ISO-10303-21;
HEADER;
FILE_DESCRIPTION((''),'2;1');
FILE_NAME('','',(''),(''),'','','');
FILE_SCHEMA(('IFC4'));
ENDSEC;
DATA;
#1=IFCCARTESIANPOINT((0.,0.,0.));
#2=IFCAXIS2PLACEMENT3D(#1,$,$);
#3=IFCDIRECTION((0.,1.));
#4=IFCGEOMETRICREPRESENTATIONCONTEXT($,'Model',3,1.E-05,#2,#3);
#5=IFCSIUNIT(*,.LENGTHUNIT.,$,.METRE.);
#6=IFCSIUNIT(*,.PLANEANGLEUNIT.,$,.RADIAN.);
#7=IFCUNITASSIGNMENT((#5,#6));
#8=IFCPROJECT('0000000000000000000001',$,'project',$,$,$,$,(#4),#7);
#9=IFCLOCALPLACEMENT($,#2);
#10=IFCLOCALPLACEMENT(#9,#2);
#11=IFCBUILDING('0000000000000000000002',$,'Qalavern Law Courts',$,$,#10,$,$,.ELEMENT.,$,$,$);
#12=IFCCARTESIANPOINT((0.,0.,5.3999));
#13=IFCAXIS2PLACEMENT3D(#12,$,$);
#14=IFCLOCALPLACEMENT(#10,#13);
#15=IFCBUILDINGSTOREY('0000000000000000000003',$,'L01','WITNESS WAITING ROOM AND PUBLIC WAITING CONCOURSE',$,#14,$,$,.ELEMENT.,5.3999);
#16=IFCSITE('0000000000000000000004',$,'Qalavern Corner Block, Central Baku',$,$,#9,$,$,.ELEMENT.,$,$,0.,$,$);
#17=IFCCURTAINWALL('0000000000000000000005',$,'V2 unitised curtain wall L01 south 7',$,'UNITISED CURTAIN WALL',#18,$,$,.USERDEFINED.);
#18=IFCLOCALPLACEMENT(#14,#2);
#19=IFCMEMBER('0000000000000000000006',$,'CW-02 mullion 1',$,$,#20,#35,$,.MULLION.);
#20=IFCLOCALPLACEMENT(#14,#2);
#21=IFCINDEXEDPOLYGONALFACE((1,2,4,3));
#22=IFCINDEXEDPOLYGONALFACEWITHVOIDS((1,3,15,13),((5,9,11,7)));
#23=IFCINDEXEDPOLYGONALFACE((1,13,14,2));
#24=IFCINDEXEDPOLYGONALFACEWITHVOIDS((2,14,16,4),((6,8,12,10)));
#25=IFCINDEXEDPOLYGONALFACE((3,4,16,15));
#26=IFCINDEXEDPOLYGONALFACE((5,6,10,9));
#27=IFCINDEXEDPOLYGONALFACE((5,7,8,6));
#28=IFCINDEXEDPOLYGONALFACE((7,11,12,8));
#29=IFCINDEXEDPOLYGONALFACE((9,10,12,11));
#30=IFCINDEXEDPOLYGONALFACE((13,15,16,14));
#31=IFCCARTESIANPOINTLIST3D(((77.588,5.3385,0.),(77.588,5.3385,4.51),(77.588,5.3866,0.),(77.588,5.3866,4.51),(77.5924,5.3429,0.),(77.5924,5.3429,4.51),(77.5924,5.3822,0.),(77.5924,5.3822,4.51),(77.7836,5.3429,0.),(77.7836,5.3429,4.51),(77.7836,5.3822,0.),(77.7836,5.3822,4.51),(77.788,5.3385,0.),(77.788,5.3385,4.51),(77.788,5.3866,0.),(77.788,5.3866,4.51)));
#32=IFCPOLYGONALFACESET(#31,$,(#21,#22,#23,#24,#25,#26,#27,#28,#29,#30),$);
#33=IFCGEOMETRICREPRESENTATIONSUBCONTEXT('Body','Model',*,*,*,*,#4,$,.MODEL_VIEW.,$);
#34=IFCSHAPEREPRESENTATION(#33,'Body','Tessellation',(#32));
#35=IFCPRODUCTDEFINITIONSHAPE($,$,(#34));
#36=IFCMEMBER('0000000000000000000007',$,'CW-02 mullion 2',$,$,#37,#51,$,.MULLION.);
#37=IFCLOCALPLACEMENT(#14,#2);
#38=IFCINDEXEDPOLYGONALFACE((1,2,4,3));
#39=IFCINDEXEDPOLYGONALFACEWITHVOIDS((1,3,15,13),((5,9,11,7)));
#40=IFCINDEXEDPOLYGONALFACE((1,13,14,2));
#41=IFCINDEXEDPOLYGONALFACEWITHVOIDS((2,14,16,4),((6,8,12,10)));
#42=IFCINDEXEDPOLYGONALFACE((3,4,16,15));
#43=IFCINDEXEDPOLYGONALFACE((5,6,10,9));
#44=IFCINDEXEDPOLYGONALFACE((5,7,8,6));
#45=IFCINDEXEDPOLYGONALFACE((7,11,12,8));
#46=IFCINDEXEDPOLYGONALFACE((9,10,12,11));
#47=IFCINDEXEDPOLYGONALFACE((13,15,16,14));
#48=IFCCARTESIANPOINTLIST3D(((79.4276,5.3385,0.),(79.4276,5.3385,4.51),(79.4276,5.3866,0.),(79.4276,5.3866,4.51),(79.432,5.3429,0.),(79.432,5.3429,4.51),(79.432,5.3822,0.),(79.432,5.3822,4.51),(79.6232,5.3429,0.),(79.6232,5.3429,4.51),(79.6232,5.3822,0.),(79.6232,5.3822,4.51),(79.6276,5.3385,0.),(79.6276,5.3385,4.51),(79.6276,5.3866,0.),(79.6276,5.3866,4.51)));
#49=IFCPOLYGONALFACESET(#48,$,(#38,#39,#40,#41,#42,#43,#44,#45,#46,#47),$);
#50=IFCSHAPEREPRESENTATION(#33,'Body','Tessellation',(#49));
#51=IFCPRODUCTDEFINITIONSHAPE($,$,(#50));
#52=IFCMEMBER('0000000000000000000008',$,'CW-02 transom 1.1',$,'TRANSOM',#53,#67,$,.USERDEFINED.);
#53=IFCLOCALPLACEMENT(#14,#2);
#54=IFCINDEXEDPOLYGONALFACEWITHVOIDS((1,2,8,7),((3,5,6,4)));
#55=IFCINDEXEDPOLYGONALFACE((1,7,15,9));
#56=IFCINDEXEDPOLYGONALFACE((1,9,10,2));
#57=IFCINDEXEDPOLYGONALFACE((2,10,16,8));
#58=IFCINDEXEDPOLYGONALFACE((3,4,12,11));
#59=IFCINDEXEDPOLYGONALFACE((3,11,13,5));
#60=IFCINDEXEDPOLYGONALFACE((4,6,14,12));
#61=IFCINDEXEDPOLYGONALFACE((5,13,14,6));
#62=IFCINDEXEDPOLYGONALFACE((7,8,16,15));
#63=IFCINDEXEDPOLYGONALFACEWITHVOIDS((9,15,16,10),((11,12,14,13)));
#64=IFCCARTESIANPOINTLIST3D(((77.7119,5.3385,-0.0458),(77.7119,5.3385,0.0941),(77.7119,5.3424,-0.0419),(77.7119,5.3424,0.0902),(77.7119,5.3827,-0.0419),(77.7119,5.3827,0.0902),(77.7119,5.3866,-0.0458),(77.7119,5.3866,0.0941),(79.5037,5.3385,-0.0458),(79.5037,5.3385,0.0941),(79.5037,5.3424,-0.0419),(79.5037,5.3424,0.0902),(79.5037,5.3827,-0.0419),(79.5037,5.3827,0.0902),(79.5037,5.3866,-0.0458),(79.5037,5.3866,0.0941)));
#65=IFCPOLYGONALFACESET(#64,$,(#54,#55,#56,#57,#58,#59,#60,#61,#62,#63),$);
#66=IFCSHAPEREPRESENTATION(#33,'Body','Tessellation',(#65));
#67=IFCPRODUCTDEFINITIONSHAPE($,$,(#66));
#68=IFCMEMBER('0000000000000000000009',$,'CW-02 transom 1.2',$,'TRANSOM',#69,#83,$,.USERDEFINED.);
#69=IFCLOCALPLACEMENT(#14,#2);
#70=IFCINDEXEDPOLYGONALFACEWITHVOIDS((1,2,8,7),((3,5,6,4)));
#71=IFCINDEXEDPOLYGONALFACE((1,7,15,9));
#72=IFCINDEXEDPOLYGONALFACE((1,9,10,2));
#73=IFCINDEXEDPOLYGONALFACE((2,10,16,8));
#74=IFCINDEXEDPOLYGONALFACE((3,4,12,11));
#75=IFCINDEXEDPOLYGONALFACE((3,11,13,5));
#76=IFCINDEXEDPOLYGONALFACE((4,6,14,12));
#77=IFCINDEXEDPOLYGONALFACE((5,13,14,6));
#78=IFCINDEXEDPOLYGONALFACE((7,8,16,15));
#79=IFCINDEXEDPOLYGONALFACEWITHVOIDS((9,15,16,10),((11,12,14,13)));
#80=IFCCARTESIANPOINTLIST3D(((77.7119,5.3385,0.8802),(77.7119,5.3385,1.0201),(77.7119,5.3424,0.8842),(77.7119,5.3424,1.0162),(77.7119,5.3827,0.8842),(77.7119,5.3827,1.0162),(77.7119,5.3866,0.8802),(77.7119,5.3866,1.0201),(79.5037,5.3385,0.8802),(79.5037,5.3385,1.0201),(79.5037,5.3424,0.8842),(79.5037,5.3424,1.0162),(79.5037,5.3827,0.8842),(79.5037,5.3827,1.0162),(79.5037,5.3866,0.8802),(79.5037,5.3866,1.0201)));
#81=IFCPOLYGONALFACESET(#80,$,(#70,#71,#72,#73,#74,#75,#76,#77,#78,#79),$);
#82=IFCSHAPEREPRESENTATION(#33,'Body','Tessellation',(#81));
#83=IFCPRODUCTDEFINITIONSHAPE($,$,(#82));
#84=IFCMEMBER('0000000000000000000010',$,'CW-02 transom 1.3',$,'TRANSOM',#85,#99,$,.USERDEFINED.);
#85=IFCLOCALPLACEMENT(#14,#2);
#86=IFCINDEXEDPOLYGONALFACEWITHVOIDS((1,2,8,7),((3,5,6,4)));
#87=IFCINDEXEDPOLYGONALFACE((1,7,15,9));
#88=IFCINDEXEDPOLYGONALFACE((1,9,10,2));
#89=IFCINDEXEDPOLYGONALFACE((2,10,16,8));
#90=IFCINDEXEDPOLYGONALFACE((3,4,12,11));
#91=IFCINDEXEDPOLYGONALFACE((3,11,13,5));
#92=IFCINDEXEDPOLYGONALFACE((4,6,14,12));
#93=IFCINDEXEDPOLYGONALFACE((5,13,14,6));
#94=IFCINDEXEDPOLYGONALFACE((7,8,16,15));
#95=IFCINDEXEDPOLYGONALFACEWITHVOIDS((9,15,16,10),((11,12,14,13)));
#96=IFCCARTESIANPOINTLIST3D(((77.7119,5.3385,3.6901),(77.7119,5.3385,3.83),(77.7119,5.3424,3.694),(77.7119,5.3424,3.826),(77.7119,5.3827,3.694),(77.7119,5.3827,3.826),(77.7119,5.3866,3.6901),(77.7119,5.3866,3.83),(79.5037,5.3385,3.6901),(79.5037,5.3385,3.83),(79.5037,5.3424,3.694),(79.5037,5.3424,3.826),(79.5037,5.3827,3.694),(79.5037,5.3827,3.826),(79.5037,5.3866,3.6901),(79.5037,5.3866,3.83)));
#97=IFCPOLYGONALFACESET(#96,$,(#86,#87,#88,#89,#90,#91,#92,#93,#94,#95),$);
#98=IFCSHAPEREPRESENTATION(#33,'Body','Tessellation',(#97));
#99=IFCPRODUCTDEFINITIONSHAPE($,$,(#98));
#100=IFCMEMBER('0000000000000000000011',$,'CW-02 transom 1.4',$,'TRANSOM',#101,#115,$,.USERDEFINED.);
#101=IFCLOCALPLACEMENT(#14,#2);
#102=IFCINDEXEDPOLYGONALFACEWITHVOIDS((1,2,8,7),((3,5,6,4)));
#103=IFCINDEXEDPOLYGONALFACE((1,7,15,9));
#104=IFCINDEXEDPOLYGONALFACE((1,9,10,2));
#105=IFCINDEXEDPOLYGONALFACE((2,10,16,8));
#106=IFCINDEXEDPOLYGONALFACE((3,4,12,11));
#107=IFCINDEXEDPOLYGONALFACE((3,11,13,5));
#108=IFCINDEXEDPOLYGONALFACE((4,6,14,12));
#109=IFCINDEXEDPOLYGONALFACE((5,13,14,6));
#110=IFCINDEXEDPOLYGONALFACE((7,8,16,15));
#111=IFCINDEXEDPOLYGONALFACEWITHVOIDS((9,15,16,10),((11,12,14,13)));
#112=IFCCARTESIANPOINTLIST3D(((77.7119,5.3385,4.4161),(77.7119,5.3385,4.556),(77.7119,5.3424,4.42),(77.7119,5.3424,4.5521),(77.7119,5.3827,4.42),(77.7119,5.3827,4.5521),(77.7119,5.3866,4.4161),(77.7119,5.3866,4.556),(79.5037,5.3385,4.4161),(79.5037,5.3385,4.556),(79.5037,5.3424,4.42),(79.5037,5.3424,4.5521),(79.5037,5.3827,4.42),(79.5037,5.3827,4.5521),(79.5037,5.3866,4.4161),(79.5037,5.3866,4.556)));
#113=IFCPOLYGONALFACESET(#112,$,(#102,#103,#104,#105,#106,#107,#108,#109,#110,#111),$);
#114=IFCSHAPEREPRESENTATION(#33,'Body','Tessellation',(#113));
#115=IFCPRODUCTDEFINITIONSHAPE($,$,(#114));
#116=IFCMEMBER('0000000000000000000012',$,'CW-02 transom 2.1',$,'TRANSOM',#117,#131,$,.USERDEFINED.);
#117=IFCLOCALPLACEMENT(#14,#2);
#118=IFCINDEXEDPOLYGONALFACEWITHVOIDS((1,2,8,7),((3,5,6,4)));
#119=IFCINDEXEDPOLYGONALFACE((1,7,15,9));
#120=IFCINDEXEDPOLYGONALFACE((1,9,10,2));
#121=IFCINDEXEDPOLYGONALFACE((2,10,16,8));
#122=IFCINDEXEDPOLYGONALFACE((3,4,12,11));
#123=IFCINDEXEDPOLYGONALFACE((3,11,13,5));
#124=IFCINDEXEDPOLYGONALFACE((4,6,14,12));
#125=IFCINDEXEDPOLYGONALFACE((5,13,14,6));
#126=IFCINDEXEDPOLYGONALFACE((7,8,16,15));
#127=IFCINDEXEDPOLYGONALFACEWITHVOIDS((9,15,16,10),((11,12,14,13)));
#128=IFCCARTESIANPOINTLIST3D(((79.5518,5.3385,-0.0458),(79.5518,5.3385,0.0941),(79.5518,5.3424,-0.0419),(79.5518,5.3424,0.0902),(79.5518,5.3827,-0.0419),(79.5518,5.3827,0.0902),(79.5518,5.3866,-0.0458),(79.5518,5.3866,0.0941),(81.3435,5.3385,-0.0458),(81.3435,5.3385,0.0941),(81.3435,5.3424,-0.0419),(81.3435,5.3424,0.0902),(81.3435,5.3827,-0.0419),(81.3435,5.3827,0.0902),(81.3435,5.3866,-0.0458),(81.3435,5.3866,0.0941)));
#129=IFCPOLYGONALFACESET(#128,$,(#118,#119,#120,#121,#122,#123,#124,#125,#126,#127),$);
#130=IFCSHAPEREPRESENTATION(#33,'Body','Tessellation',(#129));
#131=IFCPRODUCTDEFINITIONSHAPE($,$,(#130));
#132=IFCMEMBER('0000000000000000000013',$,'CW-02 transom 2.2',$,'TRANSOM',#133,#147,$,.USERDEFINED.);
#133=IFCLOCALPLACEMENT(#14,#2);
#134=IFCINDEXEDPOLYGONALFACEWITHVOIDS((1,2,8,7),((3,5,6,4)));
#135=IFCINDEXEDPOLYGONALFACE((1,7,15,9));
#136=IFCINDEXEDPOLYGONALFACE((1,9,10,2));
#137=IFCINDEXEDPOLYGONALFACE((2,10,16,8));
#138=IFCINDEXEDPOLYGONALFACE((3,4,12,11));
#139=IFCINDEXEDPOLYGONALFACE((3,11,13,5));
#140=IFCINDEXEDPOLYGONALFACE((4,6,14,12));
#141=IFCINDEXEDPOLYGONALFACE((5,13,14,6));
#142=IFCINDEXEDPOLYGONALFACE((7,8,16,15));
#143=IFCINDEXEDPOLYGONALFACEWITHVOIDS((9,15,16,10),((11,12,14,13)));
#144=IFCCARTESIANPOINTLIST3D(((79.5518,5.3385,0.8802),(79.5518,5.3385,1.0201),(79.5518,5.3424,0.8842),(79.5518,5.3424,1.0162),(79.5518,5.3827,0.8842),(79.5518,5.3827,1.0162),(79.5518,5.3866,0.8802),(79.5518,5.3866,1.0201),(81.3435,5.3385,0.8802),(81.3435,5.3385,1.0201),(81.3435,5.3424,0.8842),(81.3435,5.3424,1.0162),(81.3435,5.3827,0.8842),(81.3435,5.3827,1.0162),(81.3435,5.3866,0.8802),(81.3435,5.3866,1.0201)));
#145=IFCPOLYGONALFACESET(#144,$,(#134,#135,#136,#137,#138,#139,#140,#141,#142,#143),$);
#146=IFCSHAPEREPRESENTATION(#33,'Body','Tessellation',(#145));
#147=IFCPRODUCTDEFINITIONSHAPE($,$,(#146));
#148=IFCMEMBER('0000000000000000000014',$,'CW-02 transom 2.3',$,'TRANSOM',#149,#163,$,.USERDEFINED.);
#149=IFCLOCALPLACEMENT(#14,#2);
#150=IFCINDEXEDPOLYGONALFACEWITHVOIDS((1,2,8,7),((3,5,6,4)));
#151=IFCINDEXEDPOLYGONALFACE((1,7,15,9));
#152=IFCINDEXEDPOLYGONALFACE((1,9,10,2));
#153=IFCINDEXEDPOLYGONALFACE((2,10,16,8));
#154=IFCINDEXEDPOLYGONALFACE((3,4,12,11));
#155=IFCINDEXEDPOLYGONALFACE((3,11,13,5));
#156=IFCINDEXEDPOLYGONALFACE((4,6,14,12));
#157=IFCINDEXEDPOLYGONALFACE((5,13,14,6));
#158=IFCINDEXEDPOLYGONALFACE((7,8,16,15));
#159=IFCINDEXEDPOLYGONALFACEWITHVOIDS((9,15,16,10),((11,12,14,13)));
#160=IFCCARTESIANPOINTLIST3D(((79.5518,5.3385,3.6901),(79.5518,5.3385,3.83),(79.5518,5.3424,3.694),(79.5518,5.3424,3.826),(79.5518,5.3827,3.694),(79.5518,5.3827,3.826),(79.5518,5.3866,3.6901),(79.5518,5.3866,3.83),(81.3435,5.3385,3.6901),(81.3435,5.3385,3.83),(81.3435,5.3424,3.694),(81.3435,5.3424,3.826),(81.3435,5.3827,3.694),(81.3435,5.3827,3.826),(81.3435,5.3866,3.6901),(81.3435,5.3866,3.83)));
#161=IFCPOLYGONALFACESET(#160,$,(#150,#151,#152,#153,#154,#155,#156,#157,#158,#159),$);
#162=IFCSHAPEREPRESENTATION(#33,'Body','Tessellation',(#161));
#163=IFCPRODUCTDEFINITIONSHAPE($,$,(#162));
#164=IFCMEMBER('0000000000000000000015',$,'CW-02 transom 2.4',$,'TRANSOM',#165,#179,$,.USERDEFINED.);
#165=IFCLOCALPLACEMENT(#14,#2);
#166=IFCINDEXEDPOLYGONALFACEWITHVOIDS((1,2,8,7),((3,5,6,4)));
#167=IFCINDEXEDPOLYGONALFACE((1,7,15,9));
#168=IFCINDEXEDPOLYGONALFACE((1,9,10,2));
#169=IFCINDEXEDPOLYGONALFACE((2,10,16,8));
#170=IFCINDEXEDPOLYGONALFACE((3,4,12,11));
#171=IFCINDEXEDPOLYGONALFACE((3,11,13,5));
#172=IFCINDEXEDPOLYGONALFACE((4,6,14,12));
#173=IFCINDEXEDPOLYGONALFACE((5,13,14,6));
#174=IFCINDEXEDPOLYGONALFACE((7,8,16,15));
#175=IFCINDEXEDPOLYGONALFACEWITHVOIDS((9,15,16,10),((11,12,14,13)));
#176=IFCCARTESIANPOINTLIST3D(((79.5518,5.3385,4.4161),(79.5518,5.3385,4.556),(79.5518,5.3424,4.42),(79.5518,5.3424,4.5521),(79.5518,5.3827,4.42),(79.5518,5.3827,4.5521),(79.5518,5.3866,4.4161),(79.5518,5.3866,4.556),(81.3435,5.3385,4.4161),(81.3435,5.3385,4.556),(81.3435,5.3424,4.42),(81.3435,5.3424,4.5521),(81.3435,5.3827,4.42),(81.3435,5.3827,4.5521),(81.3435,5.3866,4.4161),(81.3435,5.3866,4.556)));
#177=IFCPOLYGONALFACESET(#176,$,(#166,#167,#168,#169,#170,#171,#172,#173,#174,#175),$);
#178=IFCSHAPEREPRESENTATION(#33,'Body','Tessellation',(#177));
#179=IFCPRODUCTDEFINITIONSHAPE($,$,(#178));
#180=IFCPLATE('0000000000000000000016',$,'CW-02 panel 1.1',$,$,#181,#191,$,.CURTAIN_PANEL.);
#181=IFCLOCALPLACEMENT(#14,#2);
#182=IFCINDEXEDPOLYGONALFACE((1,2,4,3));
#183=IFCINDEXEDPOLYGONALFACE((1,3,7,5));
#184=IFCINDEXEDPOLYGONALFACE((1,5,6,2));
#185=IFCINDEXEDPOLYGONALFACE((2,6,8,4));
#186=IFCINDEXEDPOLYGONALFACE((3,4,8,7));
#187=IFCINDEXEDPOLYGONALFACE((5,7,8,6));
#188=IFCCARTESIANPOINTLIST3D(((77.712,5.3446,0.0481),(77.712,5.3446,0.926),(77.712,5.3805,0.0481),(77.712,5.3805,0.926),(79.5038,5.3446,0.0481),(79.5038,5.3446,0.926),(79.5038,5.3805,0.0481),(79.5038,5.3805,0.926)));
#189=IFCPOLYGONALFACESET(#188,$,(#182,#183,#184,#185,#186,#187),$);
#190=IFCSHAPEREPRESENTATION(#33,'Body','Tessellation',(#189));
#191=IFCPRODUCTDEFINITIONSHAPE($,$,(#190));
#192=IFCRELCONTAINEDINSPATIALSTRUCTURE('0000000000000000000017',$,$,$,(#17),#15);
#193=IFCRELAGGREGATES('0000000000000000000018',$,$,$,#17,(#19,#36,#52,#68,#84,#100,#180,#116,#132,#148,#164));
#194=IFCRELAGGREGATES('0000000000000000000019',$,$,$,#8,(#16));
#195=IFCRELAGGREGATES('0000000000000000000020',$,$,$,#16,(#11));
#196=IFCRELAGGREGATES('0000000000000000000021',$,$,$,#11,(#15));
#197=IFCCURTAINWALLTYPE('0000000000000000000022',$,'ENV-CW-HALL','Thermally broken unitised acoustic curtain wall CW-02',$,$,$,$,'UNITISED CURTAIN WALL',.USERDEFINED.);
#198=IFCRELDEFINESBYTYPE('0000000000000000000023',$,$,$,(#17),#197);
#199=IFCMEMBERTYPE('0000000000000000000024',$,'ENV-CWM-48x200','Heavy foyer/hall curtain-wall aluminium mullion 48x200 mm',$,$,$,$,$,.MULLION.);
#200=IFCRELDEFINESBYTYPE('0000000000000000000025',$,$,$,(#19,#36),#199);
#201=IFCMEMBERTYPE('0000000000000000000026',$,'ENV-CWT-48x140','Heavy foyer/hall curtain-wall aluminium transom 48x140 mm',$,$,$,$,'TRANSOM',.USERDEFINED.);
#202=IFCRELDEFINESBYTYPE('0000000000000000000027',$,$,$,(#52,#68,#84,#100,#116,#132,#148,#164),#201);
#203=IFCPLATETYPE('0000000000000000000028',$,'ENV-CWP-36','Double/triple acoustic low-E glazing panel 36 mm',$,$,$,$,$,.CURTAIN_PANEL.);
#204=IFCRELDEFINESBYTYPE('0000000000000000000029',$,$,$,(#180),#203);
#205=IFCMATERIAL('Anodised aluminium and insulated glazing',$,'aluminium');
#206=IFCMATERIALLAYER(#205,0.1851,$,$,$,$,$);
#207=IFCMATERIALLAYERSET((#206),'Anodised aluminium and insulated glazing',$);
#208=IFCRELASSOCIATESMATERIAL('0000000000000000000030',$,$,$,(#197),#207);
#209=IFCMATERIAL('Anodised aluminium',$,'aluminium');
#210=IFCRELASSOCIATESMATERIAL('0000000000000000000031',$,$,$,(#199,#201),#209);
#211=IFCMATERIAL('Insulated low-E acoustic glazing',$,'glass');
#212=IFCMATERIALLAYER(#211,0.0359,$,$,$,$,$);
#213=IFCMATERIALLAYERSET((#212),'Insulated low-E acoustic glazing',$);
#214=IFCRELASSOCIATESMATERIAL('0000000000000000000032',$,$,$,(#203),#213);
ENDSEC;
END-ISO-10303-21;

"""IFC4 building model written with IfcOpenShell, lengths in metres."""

from ifc_helpers import new_model, si_unit, direction, frame, origin, origin_2d, place, context, subcontext, project, spatial, rectangle, hollow_rectangle, extrude, material, layer, layer_set, material_profile, profile_set, type_object, element, aggregate, save


model = new_model("IFC4")

# Units and contexts
model_context = context("Model", 3, precision=1e-05, world=origin(), true_north=direction((0.0, 1.0)))
body_context = subcontext(model_context, "Body", "Model", "MODEL_VIEW")
ifc_project = project(units=[si_unit("LENGTHUNIT", "METRE"), si_unit("PLANEANGLEUNIT", "RADIAN")], contexts=[model_context])

# Site, building, storey
site_placement = place(None, origin())
site = spatial("IfcSite", under=ifc_project, at=site_placement, Name="Qalavern Corner Block, Central Baku", CompositionType="ELEMENT", RefElevation=0.0)
building_placement = place(site_placement, origin())
building = spatial("IfcBuilding", under=site, at=building_placement, Name="Qalavern Law Courts", CompositionType="ELEMENT")
storey_placement = place(building_placement, frame((0.0, 0.0, 5.3999)))
storey = spatial("IfcBuildingStorey", under=building, at=storey_placement, Name="L01", Description="WITNESS WAITING ROOM AND PUBLIC WAITING CONCOURSE", CompositionType="ELEMENT", Elevation=5.3999)

# Curtain wall, members, plate
ifc_material_1 = material(Name="Anodised aluminium and insulated glazing", Category="aluminium")
ifc_layer_1 = layer(ifc_material_1, 0.1851)
ifc_layer_set_1 = layer_set([ifc_layer_1], Name="Anodised aluminium and insulated glazing")
curtain_wall_type = type_object("IfcCurtainWallType", Name="ENV-CW-HALL", Description="Thermally broken unitised acoustic curtain wall CW-02", ElementType="UNITISED CURTAIN WALL", PredefinedType="USERDEFINED", material=ifc_layer_set_1)
curtain_wall_placement = place(storey_placement, origin())
curtain_wall = element("IfcCurtainWall", 1, at=curtain_wall_placement, inside=storey, type_object=curtain_wall_type, Name="V2 unitised curtain wall L01 south 7", ObjectType="UNITISED CURTAIN WALL", PredefinedType="USERDEFINED")
ifc_material_2 = material(Name="Anodised aluminium", Category="aluminium")
ifc_material_profile_1 = material_profile(ifc_material_2, hollow_rectangle(XDim=0.0481, YDim=0.2, WallThickness=0.0044, at=origin_2d()), Name="ALU MULLION 48x200")
ifc_profile_set_1 = profile_set([ifc_material_profile_1], Name="Anodised aluminium")
member_type_1 = type_object("IfcMemberType", Name="ENV-CWM-48x200", Description="Heavy foyer/hall curtain-wall aluminium mullion 48x200 mm", PredefinedType="MULLION", material=ifc_profile_set_1)
member_1_placement = place(storey_placement, frame((77.688, 5.3625, 0.0), z_axis=(0.0, 0.0, 1.0), x_axis=(0.0, 1.0, 0.0)))
member_1 = element("IfcMember", 2, at=member_1_placement, type_object=member_type_1, Name="CW-02 mullion 1", PredefinedType="MULLION", context=body_context, shape_type="SweptSolid", body=[
    extrude(hollow_rectangle(XDim=0.0481, YDim=0.2, WallThickness=0.0044, at=origin_2d()), origin(), (0.0, 0.0, 1.0), 4.51),
])
member_2_placement = place(storey_placement, frame((79.5276, 5.3625, 0.0), z_axis=(0.0, 0.0, 1.0), x_axis=(0.0, 1.0, 0.0)))
member_2 = element("IfcMember", 3, at=member_2_placement, type_object=member_type_1, Name="CW-02 mullion 2", PredefinedType="MULLION", context=body_context, shape_type="SweptSolid", body=[
    extrude(hollow_rectangle(XDim=0.0481, YDim=0.2, WallThickness=0.0044, at=origin_2d()), origin(), (0.0, 0.0, 1.0), 4.51),
])
ifc_material_profile_2 = material_profile(ifc_material_2, hollow_rectangle(XDim=0.0481, YDim=0.1399, WallThickness=0.0039, at=origin_2d()), Name="ALU TRANSOM 48x140")
ifc_profile_set_2 = profile_set([ifc_material_profile_2], Name="Anodised aluminium")
member_type_2 = type_object("IfcMemberType", Name="ENV-CWT-48x140", Description="Heavy foyer/hall curtain-wall aluminium transom 48x140 mm", ElementType="TRANSOM", PredefinedType="USERDEFINED", material=ifc_profile_set_2)
member_3_placement = place(storey_placement, frame((77.7119, 5.3625, 0.0242), z_axis=(1.0, 0.0, 0.0), x_axis=(0.0, 1.0, 0.0)))
member_3 = element("IfcMember", 4, at=member_3_placement, type_object=member_type_2, Name="CW-02 transom 1.1", ObjectType="TRANSOM", PredefinedType="USERDEFINED", context=body_context, shape_type="SweptSolid", body=[
    extrude(hollow_rectangle(XDim=0.0481, YDim=0.1399, WallThickness=0.0039, at=origin_2d()), origin(), (0.0, 0.0, 1.0), 1.7917),
])
member_4_placement = place(storey_placement, frame((77.7119, 5.3625, 0.9502), z_axis=(1.0, 0.0, 0.0), x_axis=(0.0, 1.0, 0.0)))
member_4 = element("IfcMember", 5, at=member_4_placement, type_object=member_type_2, Name="CW-02 transom 1.2", ObjectType="TRANSOM", PredefinedType="USERDEFINED", context=body_context, shape_type="SweptSolid", body=[
    extrude(hollow_rectangle(XDim=0.0481, YDim=0.1399, WallThickness=0.0039, at=origin_2d()), origin(), (0.0, 0.0, 1.0), 1.7917),
])
member_5_placement = place(storey_placement, frame((77.7119, 5.3625, 3.76), z_axis=(1.0, 0.0, 0.0), x_axis=(0.0, 1.0, 0.0)))
member_5 = element("IfcMember", 6, at=member_5_placement, type_object=member_type_2, Name="CW-02 transom 1.3", ObjectType="TRANSOM", PredefinedType="USERDEFINED", context=body_context, shape_type="SweptSolid", body=[
    extrude(hollow_rectangle(XDim=0.0481, YDim=0.1399, WallThickness=0.0039, at=origin_2d()), origin(), (0.0, 0.0, 1.0), 1.7917),
])
member_6_placement = place(storey_placement, frame((77.7119, 5.3625, 4.4861), z_axis=(1.0, 0.0, 0.0), x_axis=(0.0, 1.0, 0.0)))
member_6 = element("IfcMember", 7, at=member_6_placement, type_object=member_type_2, Name="CW-02 transom 1.4", ObjectType="TRANSOM", PredefinedType="USERDEFINED", context=body_context, shape_type="SweptSolid", body=[
    extrude(hollow_rectangle(XDim=0.0481, YDim=0.1399, WallThickness=0.0039, at=origin_2d()), origin(), (0.0, 0.0, 1.0), 1.7917),
])
member_7_placement = place(storey_placement, frame((79.5518, 5.3625, 0.0242), z_axis=(1.0, 0.0, 0.0), x_axis=(0.0, 1.0, 0.0)))
member_7 = element("IfcMember", 8, at=member_7_placement, type_object=member_type_2, Name="CW-02 transom 2.1", ObjectType="TRANSOM", PredefinedType="USERDEFINED", context=body_context, shape_type="SweptSolid", body=[
    extrude(hollow_rectangle(XDim=0.0481, YDim=0.1399, WallThickness=0.0039, at=origin_2d()), origin(), (0.0, 0.0, 1.0), 1.7917),
])
member_8_placement = place(storey_placement, frame((79.5518, 5.3625, 0.9502), z_axis=(1.0, 0.0, 0.0), x_axis=(0.0, 1.0, 0.0)))
member_8 = element("IfcMember", 9, at=member_8_placement, type_object=member_type_2, Name="CW-02 transom 2.2", ObjectType="TRANSOM", PredefinedType="USERDEFINED", context=body_context, shape_type="SweptSolid", body=[
    extrude(hollow_rectangle(XDim=0.0481, YDim=0.1399, WallThickness=0.0039, at=origin_2d()), origin(), (0.0, 0.0, 1.0), 1.7917),
])
member_9_placement = place(storey_placement, frame((79.5518, 5.3625, 3.76), z_axis=(1.0, 0.0, 0.0), x_axis=(0.0, 1.0, 0.0)))
member_9 = element("IfcMember", 10, at=member_9_placement, type_object=member_type_2, Name="CW-02 transom 2.3", ObjectType="TRANSOM", PredefinedType="USERDEFINED", context=body_context, shape_type="SweptSolid", body=[
    extrude(hollow_rectangle(XDim=0.0481, YDim=0.1399, WallThickness=0.0039, at=origin_2d()), origin(), (0.0, 0.0, 1.0), 1.7917),
])
member_10_placement = place(storey_placement, frame((79.5518, 5.3625, 4.4861), z_axis=(1.0, 0.0, 0.0), x_axis=(0.0, 1.0, 0.0)))
member_10 = element("IfcMember", 11, at=member_10_placement, type_object=member_type_2, Name="CW-02 transom 2.4", ObjectType="TRANSOM", PredefinedType="USERDEFINED", context=body_context, shape_type="SweptSolid", body=[
    extrude(hollow_rectangle(XDim=0.0481, YDim=0.1399, WallThickness=0.0039, at=origin_2d()), origin(), (0.0, 0.0, 1.0), 1.7917),
])
ifc_material_3 = material(Name="Insulated low-E acoustic glazing", Category="glass")
ifc_layer_2 = layer(ifc_material_3, 0.0359)
ifc_layer_set_2 = layer_set([ifc_layer_2], Name="Insulated low-E acoustic glazing")
plate_type = type_object("IfcPlateType", Name="ENV-CWP-36", Description="Double/triple acoustic low-E glazing panel 36 mm", PredefinedType="CURTAIN_PANEL", material=ifc_layer_set_2)
plate_1_placement = place(storey_placement, frame((78.6079, 5.3625, 0.0481), z_axis=(0.0, 0.0, 1.0), x_axis=(1.0, 0.0, 0.0)))
plate_1 = element("IfcPlate", 12, at=plate_1_placement, type_object=plate_type, Name="CW-02 panel 1.1", PredefinedType="CURTAIN_PANEL", context=body_context, shape_type="SweptSolid", body=[
    extrude(rectangle(XDim=1.7917, YDim=0.0359, at=origin_2d()), origin(), (0.0, 0.0, 1.0), 0.8779),
])
aggregate(curtain_wall, [member_1, member_2, member_3, member_4, member_5, member_6, plate_1, member_7, member_8, member_9, member_10])

save(model, "model.ifc")
